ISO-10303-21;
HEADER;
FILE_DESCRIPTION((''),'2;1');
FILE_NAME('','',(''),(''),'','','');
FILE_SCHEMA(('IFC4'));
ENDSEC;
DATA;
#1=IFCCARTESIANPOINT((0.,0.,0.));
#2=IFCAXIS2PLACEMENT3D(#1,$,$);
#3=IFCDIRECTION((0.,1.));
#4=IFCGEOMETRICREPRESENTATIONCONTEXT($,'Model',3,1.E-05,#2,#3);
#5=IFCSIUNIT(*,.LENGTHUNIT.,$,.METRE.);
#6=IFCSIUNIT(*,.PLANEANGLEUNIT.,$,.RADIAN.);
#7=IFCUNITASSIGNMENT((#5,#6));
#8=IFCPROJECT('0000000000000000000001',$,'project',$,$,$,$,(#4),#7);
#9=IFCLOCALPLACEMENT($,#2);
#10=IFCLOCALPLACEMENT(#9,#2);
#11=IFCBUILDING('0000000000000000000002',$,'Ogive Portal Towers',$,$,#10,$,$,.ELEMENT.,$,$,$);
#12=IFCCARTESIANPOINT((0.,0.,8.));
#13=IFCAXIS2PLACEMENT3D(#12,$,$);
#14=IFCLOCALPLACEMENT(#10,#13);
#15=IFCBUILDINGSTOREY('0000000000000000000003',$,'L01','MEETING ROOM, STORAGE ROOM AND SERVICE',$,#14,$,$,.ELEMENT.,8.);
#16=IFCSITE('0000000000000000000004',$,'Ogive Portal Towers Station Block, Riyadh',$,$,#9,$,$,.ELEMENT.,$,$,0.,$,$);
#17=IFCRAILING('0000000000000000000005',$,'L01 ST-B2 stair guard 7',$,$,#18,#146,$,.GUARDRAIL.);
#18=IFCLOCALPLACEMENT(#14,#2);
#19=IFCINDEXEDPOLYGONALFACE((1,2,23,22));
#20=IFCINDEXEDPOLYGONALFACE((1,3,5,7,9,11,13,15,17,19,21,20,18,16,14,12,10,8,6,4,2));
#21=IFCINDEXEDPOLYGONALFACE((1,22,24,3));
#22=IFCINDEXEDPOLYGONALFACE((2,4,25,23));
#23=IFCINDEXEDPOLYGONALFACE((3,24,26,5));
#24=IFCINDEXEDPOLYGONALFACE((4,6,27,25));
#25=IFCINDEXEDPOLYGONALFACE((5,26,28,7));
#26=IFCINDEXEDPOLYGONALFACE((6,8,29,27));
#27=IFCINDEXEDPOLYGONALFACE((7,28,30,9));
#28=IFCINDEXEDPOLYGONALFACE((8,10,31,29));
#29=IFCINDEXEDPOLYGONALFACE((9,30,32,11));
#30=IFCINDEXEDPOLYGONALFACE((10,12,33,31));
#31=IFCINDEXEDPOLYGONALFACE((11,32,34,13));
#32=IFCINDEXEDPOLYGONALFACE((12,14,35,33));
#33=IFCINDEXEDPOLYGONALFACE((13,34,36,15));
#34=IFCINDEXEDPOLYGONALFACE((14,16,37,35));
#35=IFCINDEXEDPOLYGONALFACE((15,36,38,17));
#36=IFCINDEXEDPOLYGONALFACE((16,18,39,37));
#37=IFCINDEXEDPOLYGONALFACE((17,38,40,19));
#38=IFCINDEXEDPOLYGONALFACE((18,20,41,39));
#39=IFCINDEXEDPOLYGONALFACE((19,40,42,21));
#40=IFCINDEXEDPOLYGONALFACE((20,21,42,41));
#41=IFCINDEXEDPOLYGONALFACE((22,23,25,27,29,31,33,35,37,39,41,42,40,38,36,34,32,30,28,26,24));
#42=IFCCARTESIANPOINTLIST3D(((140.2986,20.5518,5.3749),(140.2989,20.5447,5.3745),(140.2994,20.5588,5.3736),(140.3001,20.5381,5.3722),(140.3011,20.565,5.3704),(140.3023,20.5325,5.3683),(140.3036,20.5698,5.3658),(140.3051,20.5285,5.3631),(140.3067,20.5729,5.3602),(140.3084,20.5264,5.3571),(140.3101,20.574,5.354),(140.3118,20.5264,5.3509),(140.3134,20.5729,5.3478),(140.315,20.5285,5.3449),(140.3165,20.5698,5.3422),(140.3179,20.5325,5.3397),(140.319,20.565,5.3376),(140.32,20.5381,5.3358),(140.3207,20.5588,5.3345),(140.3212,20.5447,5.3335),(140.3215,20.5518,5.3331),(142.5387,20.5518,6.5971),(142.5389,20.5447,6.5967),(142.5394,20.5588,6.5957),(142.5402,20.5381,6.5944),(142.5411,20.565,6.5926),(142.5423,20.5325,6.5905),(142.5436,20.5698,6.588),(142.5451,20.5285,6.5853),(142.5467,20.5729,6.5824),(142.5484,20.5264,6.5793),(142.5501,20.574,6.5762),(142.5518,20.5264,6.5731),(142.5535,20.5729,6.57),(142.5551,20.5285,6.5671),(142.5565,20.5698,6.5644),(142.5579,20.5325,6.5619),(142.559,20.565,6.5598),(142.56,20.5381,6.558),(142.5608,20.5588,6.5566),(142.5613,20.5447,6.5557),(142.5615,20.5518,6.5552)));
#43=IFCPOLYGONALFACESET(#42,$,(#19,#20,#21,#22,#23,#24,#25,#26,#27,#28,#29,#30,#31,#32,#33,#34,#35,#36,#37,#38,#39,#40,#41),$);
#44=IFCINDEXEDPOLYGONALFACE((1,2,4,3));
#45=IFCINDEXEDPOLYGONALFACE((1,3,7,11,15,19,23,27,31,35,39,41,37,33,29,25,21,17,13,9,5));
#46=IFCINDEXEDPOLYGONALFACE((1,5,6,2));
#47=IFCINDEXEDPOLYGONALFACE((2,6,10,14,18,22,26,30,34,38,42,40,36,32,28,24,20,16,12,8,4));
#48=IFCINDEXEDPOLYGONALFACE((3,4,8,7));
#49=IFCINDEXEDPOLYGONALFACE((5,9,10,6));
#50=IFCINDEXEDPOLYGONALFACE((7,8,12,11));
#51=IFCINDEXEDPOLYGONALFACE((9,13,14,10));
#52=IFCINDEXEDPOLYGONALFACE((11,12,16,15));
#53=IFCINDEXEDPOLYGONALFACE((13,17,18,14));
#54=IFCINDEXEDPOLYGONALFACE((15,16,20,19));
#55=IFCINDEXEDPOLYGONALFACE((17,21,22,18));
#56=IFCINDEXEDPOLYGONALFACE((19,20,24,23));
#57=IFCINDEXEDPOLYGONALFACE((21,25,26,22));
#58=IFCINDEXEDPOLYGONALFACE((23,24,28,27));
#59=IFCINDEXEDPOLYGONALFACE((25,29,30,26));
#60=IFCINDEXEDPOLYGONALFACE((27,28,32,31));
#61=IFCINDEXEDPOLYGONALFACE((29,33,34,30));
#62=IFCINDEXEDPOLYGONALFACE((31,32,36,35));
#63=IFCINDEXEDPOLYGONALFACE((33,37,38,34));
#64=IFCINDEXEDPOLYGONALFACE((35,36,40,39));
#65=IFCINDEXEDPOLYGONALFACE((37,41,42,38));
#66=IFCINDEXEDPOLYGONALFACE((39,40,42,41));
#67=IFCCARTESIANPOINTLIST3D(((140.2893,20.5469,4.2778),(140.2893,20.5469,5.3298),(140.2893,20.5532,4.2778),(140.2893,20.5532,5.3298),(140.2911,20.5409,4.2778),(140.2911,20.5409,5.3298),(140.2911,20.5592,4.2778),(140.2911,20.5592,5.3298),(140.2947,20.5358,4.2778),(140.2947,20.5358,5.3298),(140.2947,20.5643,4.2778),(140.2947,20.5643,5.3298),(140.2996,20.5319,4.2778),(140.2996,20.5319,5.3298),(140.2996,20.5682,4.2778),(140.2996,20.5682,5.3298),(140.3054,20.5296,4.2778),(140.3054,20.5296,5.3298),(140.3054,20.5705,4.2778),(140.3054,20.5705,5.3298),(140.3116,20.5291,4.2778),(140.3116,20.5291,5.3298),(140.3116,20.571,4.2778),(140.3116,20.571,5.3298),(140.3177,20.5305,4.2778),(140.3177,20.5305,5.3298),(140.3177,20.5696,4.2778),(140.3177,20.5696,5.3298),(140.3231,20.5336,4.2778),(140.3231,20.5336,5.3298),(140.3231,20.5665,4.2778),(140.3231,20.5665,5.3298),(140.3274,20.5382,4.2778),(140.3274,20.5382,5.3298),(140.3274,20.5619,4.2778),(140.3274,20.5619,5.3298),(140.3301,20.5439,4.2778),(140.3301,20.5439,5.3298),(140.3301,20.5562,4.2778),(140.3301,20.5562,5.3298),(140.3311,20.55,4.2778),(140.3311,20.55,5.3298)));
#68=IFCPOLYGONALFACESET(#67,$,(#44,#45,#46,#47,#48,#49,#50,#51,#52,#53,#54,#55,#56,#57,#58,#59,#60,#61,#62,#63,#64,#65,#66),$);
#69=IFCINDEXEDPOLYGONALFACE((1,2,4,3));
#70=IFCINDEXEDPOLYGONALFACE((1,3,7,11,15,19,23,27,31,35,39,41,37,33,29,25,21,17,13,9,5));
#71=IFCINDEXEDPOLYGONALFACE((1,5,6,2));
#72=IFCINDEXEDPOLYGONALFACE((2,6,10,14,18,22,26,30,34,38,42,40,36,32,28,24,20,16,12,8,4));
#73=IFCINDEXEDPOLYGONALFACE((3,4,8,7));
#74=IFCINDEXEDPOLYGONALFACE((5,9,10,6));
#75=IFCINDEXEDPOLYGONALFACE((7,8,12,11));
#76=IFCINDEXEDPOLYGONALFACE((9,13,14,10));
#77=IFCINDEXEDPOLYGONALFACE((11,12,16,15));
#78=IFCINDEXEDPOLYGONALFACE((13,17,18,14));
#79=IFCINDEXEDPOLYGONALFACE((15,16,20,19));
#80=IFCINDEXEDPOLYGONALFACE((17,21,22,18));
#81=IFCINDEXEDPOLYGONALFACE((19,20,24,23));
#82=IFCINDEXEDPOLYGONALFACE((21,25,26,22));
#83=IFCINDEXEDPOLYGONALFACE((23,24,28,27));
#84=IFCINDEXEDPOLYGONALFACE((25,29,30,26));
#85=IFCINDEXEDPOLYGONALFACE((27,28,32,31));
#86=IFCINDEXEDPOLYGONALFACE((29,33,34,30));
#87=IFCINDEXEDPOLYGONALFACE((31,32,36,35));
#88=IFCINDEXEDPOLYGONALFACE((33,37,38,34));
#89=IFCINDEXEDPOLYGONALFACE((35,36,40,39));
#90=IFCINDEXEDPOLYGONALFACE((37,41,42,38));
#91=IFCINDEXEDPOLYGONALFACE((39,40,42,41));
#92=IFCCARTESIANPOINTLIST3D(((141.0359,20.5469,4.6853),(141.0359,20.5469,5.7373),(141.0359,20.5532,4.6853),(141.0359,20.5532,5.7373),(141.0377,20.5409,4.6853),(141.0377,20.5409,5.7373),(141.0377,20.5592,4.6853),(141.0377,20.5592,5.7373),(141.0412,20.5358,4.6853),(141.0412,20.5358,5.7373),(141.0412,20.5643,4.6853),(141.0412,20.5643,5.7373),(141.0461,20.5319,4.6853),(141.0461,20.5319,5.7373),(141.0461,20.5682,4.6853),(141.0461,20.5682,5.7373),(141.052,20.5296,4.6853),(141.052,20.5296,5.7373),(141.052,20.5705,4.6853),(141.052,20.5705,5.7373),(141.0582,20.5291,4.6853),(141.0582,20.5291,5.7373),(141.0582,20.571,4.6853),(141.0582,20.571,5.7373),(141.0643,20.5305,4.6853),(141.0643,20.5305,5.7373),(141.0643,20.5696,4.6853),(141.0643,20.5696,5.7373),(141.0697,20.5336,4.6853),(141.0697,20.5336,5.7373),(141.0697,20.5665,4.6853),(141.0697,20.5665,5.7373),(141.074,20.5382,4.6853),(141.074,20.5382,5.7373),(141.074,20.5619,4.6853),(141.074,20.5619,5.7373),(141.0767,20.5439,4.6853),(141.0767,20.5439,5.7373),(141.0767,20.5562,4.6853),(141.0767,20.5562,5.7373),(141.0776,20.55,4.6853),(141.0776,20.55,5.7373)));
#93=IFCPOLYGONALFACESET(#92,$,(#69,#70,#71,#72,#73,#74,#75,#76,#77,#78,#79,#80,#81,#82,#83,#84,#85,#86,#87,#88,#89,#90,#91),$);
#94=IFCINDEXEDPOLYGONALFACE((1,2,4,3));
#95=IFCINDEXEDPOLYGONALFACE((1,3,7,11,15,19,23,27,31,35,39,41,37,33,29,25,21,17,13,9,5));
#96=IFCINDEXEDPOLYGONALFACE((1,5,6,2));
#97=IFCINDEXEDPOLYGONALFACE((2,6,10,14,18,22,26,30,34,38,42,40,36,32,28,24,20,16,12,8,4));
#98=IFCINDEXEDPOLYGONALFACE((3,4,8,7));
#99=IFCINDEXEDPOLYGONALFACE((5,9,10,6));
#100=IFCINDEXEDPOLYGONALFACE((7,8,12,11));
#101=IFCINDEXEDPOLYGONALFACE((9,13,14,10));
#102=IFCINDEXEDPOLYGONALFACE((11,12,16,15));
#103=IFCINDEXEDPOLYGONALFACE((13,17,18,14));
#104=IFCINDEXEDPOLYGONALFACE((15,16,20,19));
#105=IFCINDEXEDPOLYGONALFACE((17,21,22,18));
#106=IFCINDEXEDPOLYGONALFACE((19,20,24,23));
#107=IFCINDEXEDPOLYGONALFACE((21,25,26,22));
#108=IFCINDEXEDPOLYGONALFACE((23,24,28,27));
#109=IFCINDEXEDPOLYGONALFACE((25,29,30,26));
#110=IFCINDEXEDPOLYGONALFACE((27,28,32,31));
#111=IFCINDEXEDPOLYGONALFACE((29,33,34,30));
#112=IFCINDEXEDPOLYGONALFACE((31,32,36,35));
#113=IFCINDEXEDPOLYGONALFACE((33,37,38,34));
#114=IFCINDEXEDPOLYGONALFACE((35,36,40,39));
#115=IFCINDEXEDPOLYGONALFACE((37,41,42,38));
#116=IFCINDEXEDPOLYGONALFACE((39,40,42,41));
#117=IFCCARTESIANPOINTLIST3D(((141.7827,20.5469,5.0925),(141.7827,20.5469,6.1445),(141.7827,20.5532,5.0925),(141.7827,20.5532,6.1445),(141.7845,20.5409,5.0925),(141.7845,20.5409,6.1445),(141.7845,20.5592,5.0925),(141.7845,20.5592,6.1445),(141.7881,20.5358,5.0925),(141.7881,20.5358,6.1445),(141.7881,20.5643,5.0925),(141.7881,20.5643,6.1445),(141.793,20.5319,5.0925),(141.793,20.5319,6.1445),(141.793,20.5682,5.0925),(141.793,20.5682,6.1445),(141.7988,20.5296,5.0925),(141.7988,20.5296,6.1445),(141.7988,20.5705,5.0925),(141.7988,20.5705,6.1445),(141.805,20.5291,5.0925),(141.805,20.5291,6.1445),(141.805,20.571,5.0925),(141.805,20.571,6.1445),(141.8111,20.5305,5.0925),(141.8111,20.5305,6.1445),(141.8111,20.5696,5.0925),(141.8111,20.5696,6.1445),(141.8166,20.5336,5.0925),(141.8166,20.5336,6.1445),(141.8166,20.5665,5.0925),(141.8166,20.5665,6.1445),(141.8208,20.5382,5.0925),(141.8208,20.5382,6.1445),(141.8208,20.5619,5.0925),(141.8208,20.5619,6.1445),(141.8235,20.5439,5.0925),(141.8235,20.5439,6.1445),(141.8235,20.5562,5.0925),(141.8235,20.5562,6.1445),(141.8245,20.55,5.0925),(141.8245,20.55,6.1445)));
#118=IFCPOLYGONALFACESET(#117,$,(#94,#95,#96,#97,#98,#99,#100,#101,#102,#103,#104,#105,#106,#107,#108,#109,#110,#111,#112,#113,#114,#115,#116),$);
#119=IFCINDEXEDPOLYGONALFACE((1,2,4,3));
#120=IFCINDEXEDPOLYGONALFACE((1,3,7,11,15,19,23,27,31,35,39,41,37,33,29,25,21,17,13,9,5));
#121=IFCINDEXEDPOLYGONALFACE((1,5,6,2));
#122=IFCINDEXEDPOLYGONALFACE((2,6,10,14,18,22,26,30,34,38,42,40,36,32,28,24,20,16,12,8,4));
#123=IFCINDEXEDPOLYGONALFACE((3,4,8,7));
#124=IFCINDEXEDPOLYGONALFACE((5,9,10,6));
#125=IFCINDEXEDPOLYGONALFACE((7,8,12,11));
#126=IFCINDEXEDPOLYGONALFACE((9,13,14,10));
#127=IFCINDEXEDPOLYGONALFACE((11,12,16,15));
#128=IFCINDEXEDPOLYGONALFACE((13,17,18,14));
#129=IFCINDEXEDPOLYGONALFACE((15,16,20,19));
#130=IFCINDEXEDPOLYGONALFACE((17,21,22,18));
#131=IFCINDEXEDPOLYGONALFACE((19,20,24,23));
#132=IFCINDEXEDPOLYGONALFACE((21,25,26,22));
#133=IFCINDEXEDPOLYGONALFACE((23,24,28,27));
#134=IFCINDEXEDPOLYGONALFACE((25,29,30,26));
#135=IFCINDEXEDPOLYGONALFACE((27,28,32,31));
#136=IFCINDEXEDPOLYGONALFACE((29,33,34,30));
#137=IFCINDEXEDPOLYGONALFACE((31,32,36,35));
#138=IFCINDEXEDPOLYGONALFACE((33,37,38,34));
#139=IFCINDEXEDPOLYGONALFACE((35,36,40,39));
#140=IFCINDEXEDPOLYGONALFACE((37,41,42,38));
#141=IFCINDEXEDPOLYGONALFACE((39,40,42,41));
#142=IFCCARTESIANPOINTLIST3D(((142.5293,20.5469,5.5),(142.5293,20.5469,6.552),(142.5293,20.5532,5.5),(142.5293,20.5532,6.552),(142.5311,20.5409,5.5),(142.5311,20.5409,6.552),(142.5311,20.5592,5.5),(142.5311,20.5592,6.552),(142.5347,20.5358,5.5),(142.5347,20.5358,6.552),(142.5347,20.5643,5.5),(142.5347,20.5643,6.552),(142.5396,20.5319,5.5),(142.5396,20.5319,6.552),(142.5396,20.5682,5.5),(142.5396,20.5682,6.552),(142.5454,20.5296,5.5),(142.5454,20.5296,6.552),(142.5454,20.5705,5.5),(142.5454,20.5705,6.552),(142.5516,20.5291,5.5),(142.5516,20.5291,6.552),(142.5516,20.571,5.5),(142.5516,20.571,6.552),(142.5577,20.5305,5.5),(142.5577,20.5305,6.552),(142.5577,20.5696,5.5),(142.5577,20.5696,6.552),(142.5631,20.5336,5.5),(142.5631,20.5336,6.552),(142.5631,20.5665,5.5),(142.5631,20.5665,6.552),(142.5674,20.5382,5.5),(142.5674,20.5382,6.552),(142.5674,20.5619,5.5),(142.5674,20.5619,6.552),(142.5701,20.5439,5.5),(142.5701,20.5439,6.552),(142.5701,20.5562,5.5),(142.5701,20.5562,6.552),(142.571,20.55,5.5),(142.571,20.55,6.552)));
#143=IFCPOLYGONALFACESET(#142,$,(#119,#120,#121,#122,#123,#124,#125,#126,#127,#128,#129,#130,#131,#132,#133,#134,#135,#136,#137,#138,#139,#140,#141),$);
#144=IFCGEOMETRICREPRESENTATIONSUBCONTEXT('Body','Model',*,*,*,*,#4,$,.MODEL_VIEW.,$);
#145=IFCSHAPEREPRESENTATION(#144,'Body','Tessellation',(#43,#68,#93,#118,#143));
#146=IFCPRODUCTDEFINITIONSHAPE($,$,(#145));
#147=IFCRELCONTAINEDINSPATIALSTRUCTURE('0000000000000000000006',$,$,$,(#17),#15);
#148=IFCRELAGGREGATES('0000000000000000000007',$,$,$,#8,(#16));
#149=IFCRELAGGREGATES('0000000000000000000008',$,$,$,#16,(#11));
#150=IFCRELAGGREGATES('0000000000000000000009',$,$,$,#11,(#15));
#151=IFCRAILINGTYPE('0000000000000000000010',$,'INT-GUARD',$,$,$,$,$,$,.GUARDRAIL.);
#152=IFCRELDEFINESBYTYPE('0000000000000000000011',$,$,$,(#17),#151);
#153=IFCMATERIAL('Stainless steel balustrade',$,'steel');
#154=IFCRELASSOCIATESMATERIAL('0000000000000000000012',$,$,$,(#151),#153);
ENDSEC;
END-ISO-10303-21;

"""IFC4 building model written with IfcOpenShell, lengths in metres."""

from ifc_helpers import new_model, si_unit, direction, frame, origin, origin_2d, place, context, subcontext, project, spatial, circle, extrude, material, type_object, element, save


model = new_model("IFC4")

# Units and contexts
model_context = context("Model", 3, precision=1e-05, world=origin(), true_north=direction((0.0, 1.0)))
body_context = subcontext(model_context, "Body", "Model", "MODEL_VIEW")
ifc_project = project(units=[si_unit("LENGTHUNIT", "METRE"), si_unit("PLANEANGLEUNIT", "RADIAN")], contexts=[model_context])

# Site, building, storey
site_placement = place(None, origin())
site = spatial("IfcSite", under=ifc_project, at=site_placement, Name="Ogive Portal Towers Station Block, Riyadh", CompositionType="ELEMENT", RefElevation=0.0)
building_placement = place(site_placement, origin())
building = spatial("IfcBuilding", under=site, at=building_placement, Name="Ogive Portal Towers", CompositionType="ELEMENT")
storey_placement = place(building_placement, frame((0.0, 0.0, 8.0)))
storey = spatial("IfcBuildingStorey", under=building, at=storey_placement, Name="L01", Description="MEETING ROOM, STORAGE ROOM AND SERVICE", CompositionType="ELEMENT", Elevation=8.0)

# Railing
ifc_material_1 = material(Name="Stainless steel balustrade", Category="steel")
railing_type_1 = type_object("IfcRailingType", Name="INT-GUARD", PredefinedType="GUARDRAIL", material=ifc_material_1)
for number, where, name in (
    (1, (140.3101, 20.55, 4.2778), "L01 ST-B2 stair guard 7"),
):
    element("IfcRailing", number, at=place(storey_placement, frame(where)), inside=storey, type_object=railing_type_1, Name=name, PredefinedType="GUARDRAIL", context=body_context, shape_type="SweptSolid", body=[
        extrude(circle(Radius=0.0239, at=origin_2d()), frame((0.0, 0.0, 1.0762), z_axis=(0.877837, 0.0, 0.478959), x_axis=(0.0, 1.0, 0.0)), (0.0, 0.0, 1.0), 2.5518),
        extrude(circle(Radius=0.021, at=origin_2d()), origin(), (0.0, 0.0, 1.0), 1.052),
        extrude(circle(Radius=0.021, at=origin_2d()), frame((0.7466, 0.0, 0.4075)), (0.0, 0.0, 1.0), 1.052),
        extrude(circle(Radius=0.021, at=origin_2d()), frame((1.4934, 0.0, 0.8147)), (0.0, 0.0, 1.0), 1.052),
        extrude(circle(Radius=0.021, at=origin_2d()), frame((2.24, 0.0, 1.2222)), (0.0, 0.0, 1.0), 1.052),
    ])

save(model, "model.ifc")
